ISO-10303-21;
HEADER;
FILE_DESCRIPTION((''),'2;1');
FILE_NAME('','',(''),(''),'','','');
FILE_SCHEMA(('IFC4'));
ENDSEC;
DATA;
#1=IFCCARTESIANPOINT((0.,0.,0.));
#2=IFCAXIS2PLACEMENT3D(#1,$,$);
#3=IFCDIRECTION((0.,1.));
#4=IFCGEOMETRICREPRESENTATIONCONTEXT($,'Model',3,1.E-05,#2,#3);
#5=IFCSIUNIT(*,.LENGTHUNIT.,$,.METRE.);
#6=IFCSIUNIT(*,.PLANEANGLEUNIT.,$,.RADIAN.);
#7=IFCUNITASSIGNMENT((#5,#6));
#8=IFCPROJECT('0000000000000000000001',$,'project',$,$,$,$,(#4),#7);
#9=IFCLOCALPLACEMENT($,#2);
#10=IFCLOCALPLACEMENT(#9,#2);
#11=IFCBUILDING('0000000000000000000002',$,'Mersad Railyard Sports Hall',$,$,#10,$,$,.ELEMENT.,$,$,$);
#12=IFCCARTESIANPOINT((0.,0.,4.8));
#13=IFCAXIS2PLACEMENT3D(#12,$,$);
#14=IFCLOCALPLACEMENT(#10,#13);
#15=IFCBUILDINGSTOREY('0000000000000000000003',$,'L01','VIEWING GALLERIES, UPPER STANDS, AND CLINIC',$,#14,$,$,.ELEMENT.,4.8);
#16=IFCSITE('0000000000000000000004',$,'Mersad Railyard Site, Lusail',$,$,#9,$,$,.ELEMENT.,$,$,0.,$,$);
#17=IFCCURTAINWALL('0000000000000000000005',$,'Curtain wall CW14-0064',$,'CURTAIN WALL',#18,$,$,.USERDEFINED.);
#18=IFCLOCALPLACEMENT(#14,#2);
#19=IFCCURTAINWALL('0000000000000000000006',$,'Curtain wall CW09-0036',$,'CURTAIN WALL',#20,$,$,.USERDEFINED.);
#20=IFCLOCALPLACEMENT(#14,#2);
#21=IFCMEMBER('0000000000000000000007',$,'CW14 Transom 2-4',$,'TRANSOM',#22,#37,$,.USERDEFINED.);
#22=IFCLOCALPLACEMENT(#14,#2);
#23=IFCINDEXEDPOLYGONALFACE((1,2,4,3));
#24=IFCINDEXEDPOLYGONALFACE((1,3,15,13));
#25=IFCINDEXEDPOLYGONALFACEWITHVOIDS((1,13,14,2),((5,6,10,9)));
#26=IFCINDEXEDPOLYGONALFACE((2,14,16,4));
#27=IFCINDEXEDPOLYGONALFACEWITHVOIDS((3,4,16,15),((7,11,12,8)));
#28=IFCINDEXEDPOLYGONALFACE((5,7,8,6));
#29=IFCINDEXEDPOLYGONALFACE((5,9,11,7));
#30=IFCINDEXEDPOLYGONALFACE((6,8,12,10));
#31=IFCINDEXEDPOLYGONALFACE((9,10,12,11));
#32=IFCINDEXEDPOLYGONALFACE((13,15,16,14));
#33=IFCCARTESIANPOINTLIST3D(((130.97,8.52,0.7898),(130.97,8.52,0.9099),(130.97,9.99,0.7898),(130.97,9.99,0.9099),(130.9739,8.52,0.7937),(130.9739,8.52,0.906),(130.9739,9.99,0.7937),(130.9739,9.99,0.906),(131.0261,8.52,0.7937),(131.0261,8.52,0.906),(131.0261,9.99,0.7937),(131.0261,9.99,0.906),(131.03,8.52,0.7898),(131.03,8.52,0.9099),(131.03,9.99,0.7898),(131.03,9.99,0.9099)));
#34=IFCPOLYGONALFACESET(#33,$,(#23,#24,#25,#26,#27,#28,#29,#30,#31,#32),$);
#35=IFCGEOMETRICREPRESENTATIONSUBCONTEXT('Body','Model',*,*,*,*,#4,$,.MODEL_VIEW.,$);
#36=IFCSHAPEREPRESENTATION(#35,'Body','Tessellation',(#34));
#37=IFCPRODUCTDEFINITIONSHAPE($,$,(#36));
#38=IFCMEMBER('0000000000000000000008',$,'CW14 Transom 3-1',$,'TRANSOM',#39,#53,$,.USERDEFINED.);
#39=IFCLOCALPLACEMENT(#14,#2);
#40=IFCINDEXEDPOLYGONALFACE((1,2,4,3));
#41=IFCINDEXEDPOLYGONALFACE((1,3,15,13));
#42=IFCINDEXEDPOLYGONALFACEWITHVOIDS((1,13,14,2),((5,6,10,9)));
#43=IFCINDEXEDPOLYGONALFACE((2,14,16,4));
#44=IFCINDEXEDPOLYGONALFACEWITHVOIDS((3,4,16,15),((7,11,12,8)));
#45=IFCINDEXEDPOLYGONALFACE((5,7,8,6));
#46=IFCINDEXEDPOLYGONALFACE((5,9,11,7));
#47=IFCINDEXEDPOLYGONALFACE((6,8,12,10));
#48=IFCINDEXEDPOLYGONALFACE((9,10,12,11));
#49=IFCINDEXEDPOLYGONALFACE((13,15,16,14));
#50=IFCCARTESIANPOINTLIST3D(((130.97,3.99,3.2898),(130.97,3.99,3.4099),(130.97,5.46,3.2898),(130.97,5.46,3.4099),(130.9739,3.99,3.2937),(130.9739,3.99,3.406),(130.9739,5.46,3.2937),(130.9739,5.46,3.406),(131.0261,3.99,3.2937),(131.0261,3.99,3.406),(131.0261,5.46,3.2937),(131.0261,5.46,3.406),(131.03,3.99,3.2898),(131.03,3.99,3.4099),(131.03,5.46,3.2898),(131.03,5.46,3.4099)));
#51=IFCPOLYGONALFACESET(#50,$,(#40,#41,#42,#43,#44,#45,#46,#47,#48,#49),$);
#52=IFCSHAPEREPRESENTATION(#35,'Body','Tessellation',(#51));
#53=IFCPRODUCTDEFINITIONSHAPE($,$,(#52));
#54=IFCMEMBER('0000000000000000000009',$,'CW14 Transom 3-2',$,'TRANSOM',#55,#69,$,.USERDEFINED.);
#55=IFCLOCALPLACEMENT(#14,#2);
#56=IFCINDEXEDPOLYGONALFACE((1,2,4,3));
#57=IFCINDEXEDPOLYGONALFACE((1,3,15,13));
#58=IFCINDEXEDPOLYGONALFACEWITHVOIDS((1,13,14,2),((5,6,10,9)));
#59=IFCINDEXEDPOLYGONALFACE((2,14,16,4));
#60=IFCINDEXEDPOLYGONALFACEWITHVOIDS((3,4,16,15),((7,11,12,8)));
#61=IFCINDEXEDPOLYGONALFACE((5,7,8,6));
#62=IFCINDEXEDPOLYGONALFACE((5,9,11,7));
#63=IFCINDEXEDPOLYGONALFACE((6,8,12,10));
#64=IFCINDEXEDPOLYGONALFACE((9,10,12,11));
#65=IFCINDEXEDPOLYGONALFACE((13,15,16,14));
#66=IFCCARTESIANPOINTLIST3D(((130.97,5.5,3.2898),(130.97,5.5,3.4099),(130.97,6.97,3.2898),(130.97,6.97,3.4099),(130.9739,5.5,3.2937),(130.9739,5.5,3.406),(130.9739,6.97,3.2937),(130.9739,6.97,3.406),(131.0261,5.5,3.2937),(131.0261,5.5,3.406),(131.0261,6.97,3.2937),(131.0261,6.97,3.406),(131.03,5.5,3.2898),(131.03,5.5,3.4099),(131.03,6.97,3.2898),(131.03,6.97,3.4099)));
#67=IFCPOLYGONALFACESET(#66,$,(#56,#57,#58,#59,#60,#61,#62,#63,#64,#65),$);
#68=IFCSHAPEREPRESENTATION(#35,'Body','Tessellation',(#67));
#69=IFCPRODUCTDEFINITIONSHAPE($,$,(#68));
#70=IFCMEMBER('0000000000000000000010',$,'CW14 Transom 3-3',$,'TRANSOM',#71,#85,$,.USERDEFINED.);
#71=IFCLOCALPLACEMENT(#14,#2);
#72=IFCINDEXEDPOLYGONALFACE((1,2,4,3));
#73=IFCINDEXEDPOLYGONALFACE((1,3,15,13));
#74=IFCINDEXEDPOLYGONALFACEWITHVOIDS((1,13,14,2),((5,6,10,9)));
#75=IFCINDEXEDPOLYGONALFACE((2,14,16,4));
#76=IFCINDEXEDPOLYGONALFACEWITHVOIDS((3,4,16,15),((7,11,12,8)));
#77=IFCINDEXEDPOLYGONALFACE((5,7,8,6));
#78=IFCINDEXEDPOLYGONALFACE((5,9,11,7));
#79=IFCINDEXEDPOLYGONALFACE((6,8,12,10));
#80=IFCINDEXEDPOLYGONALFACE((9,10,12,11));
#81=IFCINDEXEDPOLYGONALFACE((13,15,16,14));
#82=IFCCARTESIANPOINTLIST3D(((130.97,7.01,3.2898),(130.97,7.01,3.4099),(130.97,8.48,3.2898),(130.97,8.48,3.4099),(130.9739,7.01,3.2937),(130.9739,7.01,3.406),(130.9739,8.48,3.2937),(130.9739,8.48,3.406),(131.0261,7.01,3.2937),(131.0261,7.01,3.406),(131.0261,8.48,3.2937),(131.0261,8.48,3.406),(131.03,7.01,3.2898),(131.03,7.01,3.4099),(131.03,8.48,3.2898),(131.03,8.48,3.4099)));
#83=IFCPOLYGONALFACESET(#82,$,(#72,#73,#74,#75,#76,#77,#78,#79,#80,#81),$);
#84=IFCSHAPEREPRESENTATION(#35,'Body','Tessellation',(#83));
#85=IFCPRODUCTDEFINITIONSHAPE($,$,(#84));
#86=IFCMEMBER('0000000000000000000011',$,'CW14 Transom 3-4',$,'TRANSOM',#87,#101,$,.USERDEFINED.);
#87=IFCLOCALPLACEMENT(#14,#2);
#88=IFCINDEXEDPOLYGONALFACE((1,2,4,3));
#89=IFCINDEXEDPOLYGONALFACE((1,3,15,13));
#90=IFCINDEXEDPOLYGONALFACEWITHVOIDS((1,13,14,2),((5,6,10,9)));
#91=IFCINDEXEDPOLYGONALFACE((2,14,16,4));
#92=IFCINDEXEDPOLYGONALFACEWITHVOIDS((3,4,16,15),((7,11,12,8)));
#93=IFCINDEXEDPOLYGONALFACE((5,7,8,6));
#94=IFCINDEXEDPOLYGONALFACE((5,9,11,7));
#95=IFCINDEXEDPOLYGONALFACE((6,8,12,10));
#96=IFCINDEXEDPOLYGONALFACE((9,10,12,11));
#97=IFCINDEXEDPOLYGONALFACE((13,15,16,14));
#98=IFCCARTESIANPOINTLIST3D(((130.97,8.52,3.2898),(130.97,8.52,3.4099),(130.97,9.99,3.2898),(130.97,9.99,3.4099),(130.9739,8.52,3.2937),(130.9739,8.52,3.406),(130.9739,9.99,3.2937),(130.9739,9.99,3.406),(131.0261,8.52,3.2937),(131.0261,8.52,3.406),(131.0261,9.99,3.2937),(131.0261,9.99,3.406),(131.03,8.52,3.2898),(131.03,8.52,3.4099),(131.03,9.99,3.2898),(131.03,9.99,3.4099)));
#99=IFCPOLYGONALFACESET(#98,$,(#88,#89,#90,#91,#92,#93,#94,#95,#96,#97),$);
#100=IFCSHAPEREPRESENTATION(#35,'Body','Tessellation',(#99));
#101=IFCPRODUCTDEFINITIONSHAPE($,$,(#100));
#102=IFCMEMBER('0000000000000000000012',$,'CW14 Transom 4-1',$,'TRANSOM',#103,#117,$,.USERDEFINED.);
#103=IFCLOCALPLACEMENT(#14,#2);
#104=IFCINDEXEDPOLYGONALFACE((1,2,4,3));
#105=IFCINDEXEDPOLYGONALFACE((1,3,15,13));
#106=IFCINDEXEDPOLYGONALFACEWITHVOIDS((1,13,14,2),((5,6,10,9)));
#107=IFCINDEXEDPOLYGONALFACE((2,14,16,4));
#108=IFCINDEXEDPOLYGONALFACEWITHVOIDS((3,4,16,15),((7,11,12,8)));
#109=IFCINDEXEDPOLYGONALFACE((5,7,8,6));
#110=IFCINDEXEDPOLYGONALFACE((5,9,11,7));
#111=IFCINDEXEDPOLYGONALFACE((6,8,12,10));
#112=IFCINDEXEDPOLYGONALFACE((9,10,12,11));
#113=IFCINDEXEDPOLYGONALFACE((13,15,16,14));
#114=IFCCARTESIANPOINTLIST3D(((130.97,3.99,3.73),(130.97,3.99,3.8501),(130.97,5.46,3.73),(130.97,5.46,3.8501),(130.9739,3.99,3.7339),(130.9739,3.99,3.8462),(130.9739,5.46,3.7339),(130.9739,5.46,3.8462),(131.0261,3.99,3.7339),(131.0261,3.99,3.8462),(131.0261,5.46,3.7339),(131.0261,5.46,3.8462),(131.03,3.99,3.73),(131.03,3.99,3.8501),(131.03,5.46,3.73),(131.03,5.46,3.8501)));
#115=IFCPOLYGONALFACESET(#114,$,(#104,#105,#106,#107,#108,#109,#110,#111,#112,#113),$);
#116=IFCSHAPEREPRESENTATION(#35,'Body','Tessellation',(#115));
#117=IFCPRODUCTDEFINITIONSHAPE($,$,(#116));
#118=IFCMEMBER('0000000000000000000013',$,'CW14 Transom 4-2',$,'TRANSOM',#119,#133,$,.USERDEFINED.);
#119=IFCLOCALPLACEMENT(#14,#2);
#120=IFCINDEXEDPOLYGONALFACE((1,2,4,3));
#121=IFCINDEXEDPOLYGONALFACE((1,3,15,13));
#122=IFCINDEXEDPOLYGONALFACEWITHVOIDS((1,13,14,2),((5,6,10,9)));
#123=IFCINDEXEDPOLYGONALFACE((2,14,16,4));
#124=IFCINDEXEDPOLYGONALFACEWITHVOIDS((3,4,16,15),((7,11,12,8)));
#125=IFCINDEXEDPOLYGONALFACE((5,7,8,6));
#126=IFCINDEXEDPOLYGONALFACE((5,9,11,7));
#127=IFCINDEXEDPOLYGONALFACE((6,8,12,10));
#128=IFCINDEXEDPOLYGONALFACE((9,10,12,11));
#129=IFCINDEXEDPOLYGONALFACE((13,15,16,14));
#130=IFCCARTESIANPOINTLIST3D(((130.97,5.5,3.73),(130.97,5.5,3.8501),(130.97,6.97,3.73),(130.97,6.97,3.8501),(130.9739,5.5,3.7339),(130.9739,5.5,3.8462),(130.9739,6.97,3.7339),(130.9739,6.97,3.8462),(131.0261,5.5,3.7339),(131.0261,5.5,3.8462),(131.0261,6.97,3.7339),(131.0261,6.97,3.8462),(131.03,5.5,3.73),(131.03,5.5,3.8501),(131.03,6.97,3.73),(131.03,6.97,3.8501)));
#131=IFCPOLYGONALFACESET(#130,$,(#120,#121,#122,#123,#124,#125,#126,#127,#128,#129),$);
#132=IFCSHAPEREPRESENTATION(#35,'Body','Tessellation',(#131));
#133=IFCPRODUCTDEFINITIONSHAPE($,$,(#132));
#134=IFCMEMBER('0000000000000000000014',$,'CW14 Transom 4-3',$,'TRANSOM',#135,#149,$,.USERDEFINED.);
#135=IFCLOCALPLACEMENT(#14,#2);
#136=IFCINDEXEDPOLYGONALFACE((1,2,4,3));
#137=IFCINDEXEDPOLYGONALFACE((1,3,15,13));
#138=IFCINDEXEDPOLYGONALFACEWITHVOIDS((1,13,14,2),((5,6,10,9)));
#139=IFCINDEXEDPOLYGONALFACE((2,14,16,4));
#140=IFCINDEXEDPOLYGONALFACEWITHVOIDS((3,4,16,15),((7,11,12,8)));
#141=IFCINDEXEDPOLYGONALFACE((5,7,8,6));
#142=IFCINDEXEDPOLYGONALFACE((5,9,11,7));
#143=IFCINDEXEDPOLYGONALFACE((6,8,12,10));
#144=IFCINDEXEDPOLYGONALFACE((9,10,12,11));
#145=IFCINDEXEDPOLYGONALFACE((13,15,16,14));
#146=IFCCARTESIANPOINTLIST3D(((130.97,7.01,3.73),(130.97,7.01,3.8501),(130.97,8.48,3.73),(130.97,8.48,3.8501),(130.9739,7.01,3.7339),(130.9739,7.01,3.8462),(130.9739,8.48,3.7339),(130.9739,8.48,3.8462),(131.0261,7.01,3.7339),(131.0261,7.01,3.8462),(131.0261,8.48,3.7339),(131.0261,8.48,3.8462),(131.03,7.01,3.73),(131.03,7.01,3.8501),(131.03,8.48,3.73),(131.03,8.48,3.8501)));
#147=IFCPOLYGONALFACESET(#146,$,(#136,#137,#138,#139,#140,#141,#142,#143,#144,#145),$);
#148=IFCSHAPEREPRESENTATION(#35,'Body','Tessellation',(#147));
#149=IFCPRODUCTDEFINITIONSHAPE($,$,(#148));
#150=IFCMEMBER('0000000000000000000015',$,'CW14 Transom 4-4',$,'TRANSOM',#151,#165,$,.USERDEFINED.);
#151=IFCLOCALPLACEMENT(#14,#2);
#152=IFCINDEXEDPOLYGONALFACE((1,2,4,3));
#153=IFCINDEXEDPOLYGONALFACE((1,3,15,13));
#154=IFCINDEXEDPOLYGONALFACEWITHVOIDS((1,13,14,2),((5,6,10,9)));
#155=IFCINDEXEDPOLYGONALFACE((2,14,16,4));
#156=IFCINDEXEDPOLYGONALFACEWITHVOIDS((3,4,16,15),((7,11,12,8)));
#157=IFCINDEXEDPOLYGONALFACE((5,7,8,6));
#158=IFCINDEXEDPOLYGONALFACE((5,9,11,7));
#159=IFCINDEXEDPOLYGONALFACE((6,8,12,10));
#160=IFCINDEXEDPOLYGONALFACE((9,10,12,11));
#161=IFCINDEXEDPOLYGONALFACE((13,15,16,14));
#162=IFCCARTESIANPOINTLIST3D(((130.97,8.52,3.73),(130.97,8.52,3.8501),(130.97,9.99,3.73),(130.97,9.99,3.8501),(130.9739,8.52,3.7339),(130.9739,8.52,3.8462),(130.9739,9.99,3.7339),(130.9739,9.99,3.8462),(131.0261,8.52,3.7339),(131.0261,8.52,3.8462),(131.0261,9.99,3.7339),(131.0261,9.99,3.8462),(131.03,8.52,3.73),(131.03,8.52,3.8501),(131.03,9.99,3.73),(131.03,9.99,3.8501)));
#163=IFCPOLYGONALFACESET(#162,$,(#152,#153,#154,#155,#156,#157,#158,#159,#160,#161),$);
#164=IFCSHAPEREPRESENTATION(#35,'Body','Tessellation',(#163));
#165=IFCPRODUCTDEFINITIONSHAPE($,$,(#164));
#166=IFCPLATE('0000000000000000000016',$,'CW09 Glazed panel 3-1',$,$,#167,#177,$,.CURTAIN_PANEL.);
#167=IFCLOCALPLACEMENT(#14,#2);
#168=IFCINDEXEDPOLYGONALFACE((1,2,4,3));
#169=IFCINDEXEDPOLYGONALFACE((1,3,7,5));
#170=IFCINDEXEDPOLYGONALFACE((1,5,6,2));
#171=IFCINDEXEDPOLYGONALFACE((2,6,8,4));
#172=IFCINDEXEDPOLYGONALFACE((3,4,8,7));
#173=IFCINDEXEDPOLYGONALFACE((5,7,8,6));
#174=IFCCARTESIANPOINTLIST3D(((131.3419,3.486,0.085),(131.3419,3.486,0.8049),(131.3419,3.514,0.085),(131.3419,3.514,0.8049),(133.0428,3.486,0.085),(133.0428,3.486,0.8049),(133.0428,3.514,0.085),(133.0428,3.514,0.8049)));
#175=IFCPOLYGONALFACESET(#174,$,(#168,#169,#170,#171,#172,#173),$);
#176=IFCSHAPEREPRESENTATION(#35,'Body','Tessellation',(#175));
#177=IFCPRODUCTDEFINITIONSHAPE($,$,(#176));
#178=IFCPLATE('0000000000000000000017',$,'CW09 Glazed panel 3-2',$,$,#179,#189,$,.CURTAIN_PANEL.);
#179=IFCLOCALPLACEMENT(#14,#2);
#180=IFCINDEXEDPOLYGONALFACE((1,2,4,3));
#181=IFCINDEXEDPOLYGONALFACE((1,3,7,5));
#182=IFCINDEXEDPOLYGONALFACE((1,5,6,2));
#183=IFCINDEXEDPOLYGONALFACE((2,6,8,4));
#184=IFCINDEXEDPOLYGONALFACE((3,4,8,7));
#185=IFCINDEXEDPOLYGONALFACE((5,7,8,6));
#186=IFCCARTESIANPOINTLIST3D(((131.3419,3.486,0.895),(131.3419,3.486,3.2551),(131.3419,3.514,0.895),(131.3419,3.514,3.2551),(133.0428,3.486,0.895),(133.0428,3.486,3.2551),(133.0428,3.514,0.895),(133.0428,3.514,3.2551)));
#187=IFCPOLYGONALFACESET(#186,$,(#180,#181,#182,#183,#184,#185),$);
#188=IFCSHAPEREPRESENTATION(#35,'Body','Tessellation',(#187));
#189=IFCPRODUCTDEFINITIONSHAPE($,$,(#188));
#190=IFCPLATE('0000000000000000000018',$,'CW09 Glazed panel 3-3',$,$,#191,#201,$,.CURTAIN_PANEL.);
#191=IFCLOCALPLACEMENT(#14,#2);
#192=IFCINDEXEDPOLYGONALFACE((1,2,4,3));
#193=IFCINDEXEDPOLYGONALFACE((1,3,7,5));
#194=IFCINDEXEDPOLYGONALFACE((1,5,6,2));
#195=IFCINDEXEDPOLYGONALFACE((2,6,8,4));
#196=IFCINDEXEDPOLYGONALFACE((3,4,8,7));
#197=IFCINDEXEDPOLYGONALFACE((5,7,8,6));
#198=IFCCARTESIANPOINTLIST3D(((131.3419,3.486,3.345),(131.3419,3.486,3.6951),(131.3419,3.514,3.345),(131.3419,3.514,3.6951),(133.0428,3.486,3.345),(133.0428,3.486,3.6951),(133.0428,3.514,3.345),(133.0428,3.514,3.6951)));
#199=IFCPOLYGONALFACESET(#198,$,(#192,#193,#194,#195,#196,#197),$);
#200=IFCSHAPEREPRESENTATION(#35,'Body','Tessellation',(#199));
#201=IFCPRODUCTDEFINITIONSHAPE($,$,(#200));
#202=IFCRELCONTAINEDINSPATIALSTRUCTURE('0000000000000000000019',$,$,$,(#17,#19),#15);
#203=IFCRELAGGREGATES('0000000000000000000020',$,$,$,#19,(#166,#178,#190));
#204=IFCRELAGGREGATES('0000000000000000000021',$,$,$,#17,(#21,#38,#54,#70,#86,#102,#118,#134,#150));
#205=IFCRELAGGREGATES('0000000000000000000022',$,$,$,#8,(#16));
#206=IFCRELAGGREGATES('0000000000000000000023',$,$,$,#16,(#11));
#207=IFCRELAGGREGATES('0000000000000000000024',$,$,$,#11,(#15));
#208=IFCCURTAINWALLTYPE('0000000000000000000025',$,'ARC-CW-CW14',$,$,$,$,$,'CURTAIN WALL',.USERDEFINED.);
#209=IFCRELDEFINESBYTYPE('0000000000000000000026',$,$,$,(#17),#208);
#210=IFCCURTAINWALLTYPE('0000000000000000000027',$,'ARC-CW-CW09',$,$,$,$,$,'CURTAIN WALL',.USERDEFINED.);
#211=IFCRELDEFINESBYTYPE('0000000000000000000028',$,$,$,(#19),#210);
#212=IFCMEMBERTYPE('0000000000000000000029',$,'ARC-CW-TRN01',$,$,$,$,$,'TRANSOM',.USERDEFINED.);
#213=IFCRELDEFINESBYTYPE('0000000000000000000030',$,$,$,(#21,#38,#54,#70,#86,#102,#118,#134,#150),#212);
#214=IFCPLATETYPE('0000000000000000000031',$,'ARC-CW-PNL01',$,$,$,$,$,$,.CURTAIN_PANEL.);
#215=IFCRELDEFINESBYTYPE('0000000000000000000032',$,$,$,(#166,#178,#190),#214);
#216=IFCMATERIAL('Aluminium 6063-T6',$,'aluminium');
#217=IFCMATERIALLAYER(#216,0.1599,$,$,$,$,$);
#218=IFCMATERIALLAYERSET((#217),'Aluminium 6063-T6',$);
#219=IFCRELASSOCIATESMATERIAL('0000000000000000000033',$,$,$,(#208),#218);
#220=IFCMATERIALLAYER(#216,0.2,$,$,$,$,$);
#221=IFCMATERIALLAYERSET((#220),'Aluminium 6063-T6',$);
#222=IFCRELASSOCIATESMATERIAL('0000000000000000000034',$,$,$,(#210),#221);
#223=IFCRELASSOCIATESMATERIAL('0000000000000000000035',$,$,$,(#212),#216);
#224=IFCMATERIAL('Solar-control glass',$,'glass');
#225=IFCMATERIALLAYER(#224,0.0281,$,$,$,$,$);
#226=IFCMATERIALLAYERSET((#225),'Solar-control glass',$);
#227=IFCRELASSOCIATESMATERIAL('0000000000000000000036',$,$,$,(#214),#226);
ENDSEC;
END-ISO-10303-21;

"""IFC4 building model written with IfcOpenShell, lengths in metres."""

from ifc_helpers import new_model, si_unit, direction, frame, origin, origin_2d, place, context, subcontext, project, spatial, rectangle, hollow_rectangle, extrude, material, layer, layer_set, material_profile, profile_set, type_object, element, aggregate, save


model = new_model("IFC4")

# Units and contexts
model_context = context("Model", 3, precision=1e-05, world=origin(), true_north=direction((0.0, 1.0)))
body_context = subcontext(model_context, "Body", "Model", "MODEL_VIEW")
ifc_project = project(units=[si_unit("LENGTHUNIT", "METRE"), si_unit("PLANEANGLEUNIT", "RADIAN")], contexts=[model_context])

# Site, building, storey
site_placement = place(None, origin())
site = spatial("IfcSite", under=ifc_project, at=site_placement, Name="Mersad Railyard Site, Lusail", CompositionType="ELEMENT", RefElevation=0.0)
building_placement = place(site_placement, origin())
building = spatial("IfcBuilding", under=site, at=building_placement, Name="Mersad Railyard Sports Hall", CompositionType="ELEMENT")
storey_placement = place(building_placement, frame((0.0, 0.0, 4.8)))
storey = spatial("IfcBuildingStorey", under=building, at=storey_placement, Name="L01", Description="VIEWING GALLERIES, UPPER STANDS, AND CLINIC", CompositionType="ELEMENT", Elevation=4.8)

# Curtain wall
ifc_material_1 = material(Name="Aluminium 6063-T6", Category="aluminium")
ifc_layer_1 = layer(ifc_material_1, 0.1599)
ifc_layer_set_1 = layer_set([ifc_layer_1], Name="Aluminium 6063-T6")
curtain_wall_type_1 = type_object("IfcCurtainWallType", Name="ARC-CW-CW14", ElementType="CURTAIN WALL", PredefinedType="USERDEFINED", material=ifc_layer_set_1)
curtain_wall_1_placement = place(storey_placement, origin())
curtain_wall_1 = element("IfcCurtainWall", 1, at=curtain_wall_1_placement, inside=storey, type_object=curtain_wall_type_1, Name="Curtain wall CW14-0064", ObjectType="CURTAIN WALL", PredefinedType="USERDEFINED")

# Curtain wall
ifc_layer_2 = layer(ifc_material_1, 0.2)
ifc_layer_set_2 = layer_set([ifc_layer_2], Name="Aluminium 6063-T6")
curtain_wall_type_2 = type_object("IfcCurtainWallType", Name="ARC-CW-CW09", ElementType="CURTAIN WALL", PredefinedType="USERDEFINED", material=ifc_layer_set_2)
curtain_wall_2_placement = place(storey_placement, origin())
curtain_wall_2 = element("IfcCurtainWall", 2, at=curtain_wall_2_placement, inside=storey, type_object=curtain_wall_type_2, Name="Curtain wall CW09-0036", ObjectType="CURTAIN WALL", PredefinedType="USERDEFINED")

# Members
ifc_material_profile_1 = material_profile(ifc_material_1, hollow_rectangle(XDim=0.0601, YDim=0.1201, WallThickness=0.0039, at=origin_2d()), Name="AL TRANSOM 60x120x4")
ifc_profile_set_1 = profile_set([ifc_material_profile_1], Name="Aluminium 6063-T6")
member_type_1 = type_object("IfcMemberType", Name="ARC-CW-TRN01", ElementType="TRANSOM", PredefinedType="USERDEFINED", material=ifc_profile_set_1)
member_1_placement = place(storey_placement, frame((131.0, 8.52, 0.8499), z_axis=(0.0, 1.0, 0.0), x_axis=(-1.0, 0.0, 0.0)))
member_1 = element("IfcMember", 3, at=member_1_placement, type_object=member_type_1, Name="CW14 Transom 2-4", ObjectType="TRANSOM", PredefinedType="USERDEFINED", context=body_context, shape_type="SweptSolid", body=[
    extrude(hollow_rectangle(XDim=0.0601, YDim=0.1201, WallThickness=0.0039, at=origin_2d()), origin(), (0.0, 0.0, 1.0), 1.47),
])
member_2_placement = place(storey_placement, frame((131.0, 3.99, 3.3499), z_axis=(0.0, 1.0, 0.0), x_axis=(-1.0, 0.0, 0.0)))
member_2 = element("IfcMember", 4, at=member_2_placement, type_object=member_type_1, Name="CW14 Transom 3-1", ObjectType="TRANSOM", PredefinedType="USERDEFINED", context=body_context, shape_type="SweptSolid", body=[
    extrude(hollow_rectangle(XDim=0.0601, YDim=0.1201, WallThickness=0.0039, at=origin_2d()), origin(), (0.0, 0.0, 1.0), 1.47),
])
member_3_placement = place(storey_placement, frame((131.0, 5.5, 3.3499), z_axis=(0.0, 1.0, 0.0), x_axis=(-1.0, 0.0, 0.0)))
member_3 = element("IfcMember", 5, at=member_3_placement, type_object=member_type_1, Name="CW14 Transom 3-2", ObjectType="TRANSOM", PredefinedType="USERDEFINED", context=body_context, shape_type="SweptSolid", body=[
    extrude(hollow_rectangle(XDim=0.0601, YDim=0.1201, WallThickness=0.0039, at=origin_2d()), origin(), (0.0, 0.0, 1.0), 1.47),
])
member_4_placement = place(storey_placement, frame((131.0, 7.01, 3.3499), z_axis=(0.0, 1.0, 0.0), x_axis=(-1.0, 0.0, 0.0)))
member_4 = element("IfcMember", 6, at=member_4_placement, type_object=member_type_1, Name="CW14 Transom 3-3", ObjectType="TRANSOM", PredefinedType="USERDEFINED", context=body_context, shape_type="SweptSolid", body=[
    extrude(hollow_rectangle(XDim=0.0601, YDim=0.1201, WallThickness=0.0039, at=origin_2d()), origin(), (0.0, 0.0, 1.0), 1.47),
])
member_5_placement = place(storey_placement, frame((131.0, 8.52, 3.3499), z_axis=(0.0, 1.0, 0.0), x_axis=(-1.0, 0.0, 0.0)))
member_5 = element("IfcMember", 7, at=member_5_placement, type_object=member_type_1, Name="CW14 Transom 3-4", ObjectType="TRANSOM", PredefinedType="USERDEFINED", context=body_context, shape_type="SweptSolid", body=[
    extrude(hollow_rectangle(XDim=0.0601, YDim=0.1201, WallThickness=0.0039, at=origin_2d()), origin(), (0.0, 0.0, 1.0), 1.47),
])
member_6_placement = place(storey_placement, frame((131.0, 3.99, 3.79), z_axis=(0.0, 1.0, 0.0), x_axis=(-1.0, 0.0, 0.0)))
member_6 = element("IfcMember", 8, at=member_6_placement, type_object=member_type_1, Name="CW14 Transom 4-1", ObjectType="TRANSOM", PredefinedType="USERDEFINED", context=body_context, shape_type="SweptSolid", body=[
    extrude(hollow_rectangle(XDim=0.0601, YDim=0.1201, WallThickness=0.0039, at=origin_2d()), origin(), (0.0, 0.0, 1.0), 1.47),
])
member_7_placement = place(storey_placement, frame((131.0, 5.5, 3.79), z_axis=(0.0, 1.0, 0.0), x_axis=(-1.0, 0.0, 0.0)))
member_7 = element("IfcMember", 9, at=member_7_placement, type_object=member_type_1, Name="CW14 Transom 4-2", ObjectType="TRANSOM", PredefinedType="USERDEFINED", context=body_context, shape_type="SweptSolid", body=[
    extrude(hollow_rectangle(XDim=0.0601, YDim=0.1201, WallThickness=0.0039, at=origin_2d()), origin(), (0.0, 0.0, 1.0), 1.47),
])
member_8_placement = place(storey_placement, frame((131.0, 7.01, 3.79), z_axis=(0.0, 1.0, 0.0), x_axis=(-1.0, 0.0, 0.0)))
member_8 = element("IfcMember", 10, at=member_8_placement, type_object=member_type_1, Name="CW14 Transom 4-3", ObjectType="TRANSOM", PredefinedType="USERDEFINED", context=body_context, shape_type="SweptSolid", body=[
    extrude(hollow_rectangle(XDim=0.0601, YDim=0.1201, WallThickness=0.0039, at=origin_2d()), origin(), (0.0, 0.0, 1.0), 1.47),
])
member_9_placement = place(storey_placement, frame((131.0, 8.52, 3.79), z_axis=(0.0, 1.0, 0.0), x_axis=(-1.0, 0.0, 0.0)))
member_9 = element("IfcMember", 11, at=member_9_placement, type_object=member_type_1, Name="CW14 Transom 4-4", ObjectType="TRANSOM", PredefinedType="USERDEFINED", context=body_context, shape_type="SweptSolid", body=[
    extrude(hollow_rectangle(XDim=0.0601, YDim=0.1201, WallThickness=0.0039, at=origin_2d()), origin(), (0.0, 0.0, 1.0), 1.47),
])

# Plates
ifc_material_2 = material(Name="Solar-control glass", Category="glass")
ifc_layer_3 = layer(ifc_material_2, 0.0281)
ifc_layer_set_3 = layer_set([ifc_layer_3], Name="Solar-control glass")
plate_type = type_object("IfcPlateType", Name="ARC-CW-PNL01", PredefinedType="CURTAIN_PANEL", material=ifc_layer_set_3)
plate_1_placement = place(storey_placement, frame((132.1924, 3.5, 0.085), z_axis=(0.0, 0.0, 1.0), x_axis=(-1.0, 0.0, 0.0)))
plate_1 = element("IfcPlate", 12, at=plate_1_placement, type_object=plate_type, Name="CW09 Glazed panel 3-1", PredefinedType="CURTAIN_PANEL", context=body_context, shape_type="SweptSolid", body=[
    extrude(rectangle(XDim=1.7009, YDim=0.0281, at=origin_2d()), origin(), (0.0, 0.0, 1.0), 0.72),
])
plate_2_placement = place(storey_placement, frame((132.1924, 3.5, 0.895), z_axis=(0.0, 0.0, 1.0), x_axis=(-1.0, 0.0, 0.0)))
plate_2 = element("IfcPlate", 13, at=plate_2_placement, type_object=plate_type, Name="CW09 Glazed panel 3-2", PredefinedType="CURTAIN_PANEL", context=body_context, shape_type="SweptSolid", body=[
    extrude(rectangle(XDim=1.7009, YDim=0.0281, at=origin_2d()), origin(), (0.0, 0.0, 1.0), 2.3601),
])
plate_3_placement = place(storey_placement, frame((132.1924, 3.5, 3.345), z_axis=(0.0, 0.0, 1.0), x_axis=(-1.0, 0.0, 0.0)))
plate_3 = element("IfcPlate", 14, at=plate_3_placement, type_object=plate_type, Name="CW09 Glazed panel 3-3", PredefinedType="CURTAIN_PANEL", context=body_context, shape_type="SweptSolid", body=[
    extrude(rectangle(XDim=1.7009, YDim=0.0281, at=origin_2d()), origin(), (0.0, 0.0, 1.0), 0.3501),
])
aggregate(curtain_wall_2, [plate_1, plate_2, plate_3])
aggregate(curtain_wall_1, [member_1, member_2, member_3, member_4, member_5, member_6, member_7, member_8, member_9])

save(model, "model.ifc")
